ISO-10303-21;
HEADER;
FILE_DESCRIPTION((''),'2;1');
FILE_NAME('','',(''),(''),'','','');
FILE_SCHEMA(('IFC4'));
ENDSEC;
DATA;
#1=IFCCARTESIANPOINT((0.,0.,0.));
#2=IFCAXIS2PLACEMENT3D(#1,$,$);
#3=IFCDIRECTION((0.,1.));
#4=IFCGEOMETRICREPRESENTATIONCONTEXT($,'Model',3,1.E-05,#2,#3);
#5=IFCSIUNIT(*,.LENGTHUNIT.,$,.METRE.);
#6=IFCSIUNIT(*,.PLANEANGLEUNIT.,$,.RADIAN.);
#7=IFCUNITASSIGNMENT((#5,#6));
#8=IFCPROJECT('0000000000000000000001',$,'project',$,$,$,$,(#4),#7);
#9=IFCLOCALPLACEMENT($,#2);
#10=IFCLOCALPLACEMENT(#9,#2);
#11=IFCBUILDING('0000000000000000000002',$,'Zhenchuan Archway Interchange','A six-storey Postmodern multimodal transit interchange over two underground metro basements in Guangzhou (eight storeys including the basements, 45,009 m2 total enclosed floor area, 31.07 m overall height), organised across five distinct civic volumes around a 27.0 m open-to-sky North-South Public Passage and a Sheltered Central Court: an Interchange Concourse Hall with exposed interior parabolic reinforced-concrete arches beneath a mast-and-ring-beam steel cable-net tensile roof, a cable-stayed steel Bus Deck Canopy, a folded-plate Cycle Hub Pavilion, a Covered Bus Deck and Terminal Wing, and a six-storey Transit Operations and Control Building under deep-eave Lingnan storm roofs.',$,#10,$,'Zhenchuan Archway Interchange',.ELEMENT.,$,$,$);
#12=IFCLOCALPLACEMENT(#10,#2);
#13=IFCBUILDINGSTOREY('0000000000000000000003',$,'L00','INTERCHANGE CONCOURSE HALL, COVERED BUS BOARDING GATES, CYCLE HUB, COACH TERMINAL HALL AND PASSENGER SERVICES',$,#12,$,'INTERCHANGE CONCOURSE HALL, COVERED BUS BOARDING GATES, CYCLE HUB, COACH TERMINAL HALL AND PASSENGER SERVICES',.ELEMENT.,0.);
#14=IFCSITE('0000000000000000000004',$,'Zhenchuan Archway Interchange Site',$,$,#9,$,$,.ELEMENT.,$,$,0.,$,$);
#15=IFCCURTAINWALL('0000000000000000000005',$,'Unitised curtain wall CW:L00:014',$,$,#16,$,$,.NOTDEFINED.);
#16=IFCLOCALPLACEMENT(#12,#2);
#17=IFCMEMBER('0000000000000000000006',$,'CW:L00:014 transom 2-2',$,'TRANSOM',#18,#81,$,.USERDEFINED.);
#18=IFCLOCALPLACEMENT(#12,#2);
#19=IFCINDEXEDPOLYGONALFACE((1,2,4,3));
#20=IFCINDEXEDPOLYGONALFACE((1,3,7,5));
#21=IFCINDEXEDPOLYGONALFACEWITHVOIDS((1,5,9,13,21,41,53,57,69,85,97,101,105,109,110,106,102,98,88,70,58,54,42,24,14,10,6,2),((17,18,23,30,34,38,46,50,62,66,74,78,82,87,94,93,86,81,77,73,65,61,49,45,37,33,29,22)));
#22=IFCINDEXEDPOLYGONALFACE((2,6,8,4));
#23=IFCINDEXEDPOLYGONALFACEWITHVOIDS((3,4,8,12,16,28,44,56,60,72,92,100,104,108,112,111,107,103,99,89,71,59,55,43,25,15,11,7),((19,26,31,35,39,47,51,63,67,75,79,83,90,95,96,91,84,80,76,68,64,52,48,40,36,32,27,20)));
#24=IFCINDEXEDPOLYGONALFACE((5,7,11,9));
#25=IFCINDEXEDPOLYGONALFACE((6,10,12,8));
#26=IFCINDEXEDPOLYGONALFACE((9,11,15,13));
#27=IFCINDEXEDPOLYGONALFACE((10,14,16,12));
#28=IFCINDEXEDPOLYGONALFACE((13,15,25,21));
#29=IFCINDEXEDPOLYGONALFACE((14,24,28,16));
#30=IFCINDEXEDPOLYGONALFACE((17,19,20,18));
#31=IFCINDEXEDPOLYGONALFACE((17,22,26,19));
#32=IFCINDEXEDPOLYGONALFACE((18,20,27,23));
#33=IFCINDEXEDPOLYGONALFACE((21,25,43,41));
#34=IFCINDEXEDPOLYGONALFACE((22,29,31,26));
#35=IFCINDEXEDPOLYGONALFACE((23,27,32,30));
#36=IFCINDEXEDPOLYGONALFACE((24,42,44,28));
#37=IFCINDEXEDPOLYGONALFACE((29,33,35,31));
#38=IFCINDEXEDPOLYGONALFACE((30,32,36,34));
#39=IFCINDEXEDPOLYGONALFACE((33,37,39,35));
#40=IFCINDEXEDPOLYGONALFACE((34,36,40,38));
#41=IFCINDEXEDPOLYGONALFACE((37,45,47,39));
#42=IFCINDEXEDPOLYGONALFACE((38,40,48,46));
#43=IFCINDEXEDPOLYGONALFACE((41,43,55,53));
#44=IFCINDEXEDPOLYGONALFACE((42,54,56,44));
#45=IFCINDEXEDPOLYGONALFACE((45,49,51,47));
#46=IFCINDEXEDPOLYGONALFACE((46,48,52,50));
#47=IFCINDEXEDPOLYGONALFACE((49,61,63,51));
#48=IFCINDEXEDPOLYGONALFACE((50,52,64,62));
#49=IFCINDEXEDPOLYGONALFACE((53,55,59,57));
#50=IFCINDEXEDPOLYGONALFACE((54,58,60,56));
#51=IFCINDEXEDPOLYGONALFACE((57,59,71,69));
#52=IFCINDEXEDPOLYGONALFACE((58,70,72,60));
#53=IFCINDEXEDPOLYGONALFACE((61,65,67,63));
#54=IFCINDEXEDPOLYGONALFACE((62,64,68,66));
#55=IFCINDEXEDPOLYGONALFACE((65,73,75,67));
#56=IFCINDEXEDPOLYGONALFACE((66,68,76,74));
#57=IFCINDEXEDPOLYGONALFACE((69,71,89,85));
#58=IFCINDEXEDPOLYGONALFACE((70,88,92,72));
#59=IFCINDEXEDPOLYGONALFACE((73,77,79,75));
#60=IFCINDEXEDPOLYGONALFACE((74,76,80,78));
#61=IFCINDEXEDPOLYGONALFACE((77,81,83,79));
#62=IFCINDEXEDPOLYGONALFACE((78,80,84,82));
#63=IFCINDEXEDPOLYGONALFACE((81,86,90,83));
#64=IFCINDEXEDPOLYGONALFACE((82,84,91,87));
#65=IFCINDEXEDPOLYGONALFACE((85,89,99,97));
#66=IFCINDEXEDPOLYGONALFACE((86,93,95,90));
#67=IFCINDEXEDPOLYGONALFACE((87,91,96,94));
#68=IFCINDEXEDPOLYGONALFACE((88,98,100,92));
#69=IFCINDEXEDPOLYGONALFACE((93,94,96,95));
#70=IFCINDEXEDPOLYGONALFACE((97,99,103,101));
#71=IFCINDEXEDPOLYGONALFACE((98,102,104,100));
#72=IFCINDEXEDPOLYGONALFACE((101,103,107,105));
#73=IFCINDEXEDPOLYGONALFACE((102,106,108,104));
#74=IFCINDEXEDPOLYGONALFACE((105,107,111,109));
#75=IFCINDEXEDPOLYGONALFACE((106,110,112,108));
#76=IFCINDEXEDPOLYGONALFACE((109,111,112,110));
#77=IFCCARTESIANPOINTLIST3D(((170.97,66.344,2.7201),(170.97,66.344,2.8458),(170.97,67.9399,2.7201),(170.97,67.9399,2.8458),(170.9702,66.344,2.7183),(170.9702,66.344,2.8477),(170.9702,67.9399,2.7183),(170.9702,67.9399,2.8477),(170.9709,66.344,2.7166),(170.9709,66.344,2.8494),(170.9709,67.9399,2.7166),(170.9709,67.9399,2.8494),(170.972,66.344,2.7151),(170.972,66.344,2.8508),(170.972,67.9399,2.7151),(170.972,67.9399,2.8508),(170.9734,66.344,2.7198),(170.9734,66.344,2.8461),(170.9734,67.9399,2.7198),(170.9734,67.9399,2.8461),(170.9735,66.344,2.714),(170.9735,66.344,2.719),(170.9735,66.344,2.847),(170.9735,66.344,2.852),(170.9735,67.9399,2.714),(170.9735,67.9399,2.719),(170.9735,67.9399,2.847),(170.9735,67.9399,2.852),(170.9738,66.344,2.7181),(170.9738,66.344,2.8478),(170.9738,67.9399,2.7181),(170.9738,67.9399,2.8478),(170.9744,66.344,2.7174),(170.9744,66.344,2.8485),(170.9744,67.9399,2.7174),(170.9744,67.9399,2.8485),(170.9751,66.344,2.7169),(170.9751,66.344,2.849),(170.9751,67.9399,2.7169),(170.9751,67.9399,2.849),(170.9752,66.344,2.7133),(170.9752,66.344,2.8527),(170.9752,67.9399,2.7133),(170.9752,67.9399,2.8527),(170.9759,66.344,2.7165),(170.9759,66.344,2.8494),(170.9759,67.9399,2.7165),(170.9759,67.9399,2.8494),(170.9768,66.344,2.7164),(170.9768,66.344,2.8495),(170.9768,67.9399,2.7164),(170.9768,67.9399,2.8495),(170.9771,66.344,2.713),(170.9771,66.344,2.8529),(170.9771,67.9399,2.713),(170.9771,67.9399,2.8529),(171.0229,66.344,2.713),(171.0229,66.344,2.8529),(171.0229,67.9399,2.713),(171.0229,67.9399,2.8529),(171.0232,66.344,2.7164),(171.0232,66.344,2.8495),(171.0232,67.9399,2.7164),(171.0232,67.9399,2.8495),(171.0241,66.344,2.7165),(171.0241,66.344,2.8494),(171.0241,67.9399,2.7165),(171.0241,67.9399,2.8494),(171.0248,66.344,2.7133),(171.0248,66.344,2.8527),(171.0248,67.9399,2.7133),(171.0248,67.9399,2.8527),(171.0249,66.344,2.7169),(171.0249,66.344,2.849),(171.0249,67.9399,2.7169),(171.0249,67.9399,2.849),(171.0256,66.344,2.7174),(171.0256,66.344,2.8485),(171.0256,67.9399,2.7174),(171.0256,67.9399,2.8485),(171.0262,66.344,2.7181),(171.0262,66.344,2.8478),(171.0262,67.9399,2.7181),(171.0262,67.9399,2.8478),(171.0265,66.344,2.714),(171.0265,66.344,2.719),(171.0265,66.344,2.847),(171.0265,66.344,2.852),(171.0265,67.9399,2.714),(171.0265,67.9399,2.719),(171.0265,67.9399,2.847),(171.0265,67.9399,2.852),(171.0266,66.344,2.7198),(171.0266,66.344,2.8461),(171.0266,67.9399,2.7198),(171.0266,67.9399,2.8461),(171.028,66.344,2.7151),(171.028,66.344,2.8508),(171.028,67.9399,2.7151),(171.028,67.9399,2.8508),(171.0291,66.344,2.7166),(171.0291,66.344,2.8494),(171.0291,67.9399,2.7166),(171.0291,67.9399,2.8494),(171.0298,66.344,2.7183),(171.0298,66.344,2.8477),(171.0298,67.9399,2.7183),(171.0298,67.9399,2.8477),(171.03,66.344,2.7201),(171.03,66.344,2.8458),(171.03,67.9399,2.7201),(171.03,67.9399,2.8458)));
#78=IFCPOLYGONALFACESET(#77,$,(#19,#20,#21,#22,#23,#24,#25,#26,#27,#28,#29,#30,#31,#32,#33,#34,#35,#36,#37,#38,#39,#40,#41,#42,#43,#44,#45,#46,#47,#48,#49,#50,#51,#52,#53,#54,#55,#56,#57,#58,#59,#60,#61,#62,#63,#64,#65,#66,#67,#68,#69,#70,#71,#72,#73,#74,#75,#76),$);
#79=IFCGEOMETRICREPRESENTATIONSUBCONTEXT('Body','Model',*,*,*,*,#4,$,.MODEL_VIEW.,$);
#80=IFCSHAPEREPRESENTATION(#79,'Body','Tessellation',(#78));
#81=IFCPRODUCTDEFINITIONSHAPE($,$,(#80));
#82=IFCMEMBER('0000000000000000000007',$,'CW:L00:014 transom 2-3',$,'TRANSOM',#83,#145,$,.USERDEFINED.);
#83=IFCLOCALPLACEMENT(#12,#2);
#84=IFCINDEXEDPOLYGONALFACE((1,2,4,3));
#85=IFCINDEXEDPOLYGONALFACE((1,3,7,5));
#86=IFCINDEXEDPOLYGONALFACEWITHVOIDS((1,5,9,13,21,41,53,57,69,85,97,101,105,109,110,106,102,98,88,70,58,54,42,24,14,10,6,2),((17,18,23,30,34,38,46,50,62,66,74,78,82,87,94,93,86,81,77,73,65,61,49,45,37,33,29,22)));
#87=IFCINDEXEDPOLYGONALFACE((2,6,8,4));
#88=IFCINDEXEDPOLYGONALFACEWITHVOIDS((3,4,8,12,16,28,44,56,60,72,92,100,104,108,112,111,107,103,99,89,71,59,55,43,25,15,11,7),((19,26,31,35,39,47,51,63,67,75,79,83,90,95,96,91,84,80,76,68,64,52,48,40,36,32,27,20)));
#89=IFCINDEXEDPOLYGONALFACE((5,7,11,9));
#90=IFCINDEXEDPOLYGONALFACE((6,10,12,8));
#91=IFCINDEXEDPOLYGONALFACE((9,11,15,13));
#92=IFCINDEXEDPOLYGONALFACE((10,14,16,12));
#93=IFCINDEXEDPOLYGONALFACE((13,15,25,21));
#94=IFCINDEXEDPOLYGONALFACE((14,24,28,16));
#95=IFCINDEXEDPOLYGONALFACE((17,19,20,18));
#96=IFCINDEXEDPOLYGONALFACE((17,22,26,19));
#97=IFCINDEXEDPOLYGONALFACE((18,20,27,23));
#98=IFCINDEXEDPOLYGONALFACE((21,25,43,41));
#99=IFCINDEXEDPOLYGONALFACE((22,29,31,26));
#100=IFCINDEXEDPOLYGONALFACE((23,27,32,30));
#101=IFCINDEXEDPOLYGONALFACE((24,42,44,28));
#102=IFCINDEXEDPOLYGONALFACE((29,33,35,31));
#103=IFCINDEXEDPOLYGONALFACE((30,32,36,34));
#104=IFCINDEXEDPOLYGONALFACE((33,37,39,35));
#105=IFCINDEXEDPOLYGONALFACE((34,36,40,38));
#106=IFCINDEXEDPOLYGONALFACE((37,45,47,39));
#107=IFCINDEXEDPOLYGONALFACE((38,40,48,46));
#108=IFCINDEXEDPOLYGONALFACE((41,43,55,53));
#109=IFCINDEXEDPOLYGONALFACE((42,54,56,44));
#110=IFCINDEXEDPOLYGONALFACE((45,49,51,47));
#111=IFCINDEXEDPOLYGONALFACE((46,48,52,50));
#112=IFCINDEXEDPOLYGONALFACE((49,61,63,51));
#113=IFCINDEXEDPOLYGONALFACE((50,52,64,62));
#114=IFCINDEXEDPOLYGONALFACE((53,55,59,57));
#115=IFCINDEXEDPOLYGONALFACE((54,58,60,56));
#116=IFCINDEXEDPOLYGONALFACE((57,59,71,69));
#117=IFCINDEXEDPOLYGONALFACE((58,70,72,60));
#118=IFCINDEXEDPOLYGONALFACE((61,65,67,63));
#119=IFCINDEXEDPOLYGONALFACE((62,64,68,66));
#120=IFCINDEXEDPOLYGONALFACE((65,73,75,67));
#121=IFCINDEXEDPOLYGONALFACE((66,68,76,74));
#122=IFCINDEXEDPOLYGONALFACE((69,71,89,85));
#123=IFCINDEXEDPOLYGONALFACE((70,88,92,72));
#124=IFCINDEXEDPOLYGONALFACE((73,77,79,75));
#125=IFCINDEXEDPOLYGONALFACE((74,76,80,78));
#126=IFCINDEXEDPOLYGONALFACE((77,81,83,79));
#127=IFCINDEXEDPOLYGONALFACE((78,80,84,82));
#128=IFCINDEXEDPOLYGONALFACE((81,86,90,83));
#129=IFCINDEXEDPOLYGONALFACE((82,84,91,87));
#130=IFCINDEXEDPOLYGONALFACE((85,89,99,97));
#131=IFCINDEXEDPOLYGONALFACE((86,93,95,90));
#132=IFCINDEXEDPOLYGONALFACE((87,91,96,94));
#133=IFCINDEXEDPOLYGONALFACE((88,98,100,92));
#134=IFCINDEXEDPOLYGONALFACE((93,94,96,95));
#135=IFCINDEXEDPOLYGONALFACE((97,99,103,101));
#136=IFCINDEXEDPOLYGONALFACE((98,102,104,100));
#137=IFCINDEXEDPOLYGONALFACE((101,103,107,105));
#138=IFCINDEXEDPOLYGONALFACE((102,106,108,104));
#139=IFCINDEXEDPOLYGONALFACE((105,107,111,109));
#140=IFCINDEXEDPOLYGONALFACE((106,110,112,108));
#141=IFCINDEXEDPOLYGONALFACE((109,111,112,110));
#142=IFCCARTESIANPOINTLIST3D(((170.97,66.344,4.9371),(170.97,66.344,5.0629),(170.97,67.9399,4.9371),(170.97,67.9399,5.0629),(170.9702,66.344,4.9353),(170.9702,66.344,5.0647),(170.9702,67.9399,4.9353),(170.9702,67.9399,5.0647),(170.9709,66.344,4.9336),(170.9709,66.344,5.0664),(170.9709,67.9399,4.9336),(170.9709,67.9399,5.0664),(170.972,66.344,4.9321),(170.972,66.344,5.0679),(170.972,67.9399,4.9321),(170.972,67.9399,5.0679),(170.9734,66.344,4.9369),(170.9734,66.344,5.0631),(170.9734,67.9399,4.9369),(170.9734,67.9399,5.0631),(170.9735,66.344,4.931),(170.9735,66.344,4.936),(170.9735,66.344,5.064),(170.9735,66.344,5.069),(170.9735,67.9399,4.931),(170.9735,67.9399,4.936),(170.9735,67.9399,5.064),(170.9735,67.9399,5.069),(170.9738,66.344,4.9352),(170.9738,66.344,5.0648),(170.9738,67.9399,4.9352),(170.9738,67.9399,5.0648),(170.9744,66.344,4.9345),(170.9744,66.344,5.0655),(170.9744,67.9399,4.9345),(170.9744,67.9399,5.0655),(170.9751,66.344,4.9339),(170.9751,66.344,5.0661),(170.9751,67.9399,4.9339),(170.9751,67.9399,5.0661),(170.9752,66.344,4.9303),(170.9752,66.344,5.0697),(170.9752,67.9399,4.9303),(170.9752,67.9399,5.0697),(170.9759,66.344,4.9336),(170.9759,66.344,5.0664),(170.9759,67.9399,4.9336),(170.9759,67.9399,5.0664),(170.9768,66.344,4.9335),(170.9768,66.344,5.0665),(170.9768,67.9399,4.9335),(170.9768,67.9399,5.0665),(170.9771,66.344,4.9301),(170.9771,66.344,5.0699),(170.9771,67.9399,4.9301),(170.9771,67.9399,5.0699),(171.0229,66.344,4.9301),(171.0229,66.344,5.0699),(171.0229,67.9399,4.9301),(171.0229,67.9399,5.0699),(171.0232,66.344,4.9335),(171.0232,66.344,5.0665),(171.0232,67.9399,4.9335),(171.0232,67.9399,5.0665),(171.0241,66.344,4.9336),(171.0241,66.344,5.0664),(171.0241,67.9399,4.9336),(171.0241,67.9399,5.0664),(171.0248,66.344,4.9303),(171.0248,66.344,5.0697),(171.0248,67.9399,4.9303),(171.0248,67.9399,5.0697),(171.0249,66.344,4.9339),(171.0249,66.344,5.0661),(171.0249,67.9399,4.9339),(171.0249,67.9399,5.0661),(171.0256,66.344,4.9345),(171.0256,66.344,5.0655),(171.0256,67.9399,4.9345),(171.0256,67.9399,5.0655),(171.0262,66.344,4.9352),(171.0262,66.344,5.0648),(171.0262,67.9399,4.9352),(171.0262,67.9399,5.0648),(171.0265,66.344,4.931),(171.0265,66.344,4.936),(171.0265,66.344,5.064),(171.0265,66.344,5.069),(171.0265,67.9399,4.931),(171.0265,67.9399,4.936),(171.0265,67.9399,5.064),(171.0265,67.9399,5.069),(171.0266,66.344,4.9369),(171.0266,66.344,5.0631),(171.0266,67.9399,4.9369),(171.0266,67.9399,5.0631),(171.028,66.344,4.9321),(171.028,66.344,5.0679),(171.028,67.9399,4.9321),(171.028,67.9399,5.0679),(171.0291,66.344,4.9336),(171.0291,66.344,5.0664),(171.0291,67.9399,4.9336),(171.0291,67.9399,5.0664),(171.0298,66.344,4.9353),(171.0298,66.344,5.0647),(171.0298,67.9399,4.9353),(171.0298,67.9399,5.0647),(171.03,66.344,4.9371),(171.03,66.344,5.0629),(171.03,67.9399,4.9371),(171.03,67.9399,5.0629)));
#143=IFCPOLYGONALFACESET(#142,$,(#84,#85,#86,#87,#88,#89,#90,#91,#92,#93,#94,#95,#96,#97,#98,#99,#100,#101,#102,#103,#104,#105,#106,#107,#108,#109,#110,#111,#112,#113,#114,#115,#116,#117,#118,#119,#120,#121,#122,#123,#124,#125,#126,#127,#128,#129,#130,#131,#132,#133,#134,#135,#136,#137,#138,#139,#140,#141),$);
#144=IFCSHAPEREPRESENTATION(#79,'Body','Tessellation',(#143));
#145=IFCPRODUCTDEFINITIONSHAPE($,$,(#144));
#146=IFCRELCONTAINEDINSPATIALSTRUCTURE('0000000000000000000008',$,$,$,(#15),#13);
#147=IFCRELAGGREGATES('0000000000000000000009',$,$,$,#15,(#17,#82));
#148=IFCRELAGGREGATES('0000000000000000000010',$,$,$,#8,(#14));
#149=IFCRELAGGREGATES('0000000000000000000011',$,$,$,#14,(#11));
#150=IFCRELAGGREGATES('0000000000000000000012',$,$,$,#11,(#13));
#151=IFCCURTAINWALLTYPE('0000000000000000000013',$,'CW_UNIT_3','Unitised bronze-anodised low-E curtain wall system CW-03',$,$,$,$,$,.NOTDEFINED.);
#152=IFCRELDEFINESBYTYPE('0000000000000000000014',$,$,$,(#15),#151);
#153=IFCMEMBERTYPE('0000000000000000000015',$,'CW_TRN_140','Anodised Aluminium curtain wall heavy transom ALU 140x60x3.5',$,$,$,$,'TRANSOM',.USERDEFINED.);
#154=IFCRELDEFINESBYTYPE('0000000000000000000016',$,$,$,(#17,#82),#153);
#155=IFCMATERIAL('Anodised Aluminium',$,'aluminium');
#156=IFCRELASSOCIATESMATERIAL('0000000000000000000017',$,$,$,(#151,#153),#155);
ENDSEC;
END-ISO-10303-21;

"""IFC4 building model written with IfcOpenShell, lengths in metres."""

from ifc_helpers import new_model, si_unit, direction, frame, origin, origin_2d, place, context, subcontext, project, spatial, hollow_rectangle, extrude, material, material_profile, profile_set, type_object, element, aggregate, save


model = new_model("IFC4")

# Units and contexts
model_context = context("Model", 3, precision=1e-05, world=origin(), true_north=direction((0.0, 1.0)))
body_context = subcontext(model_context, "Body", "Model", "MODEL_VIEW")
ifc_project = project(units=[si_unit("LENGTHUNIT", "METRE"), si_unit("PLANEANGLEUNIT", "RADIAN")], contexts=[model_context])

# Site, building, storey
site_placement = place(None, origin())
site = spatial("IfcSite", under=ifc_project, at=site_placement, Name="Zhenchuan Archway Interchange Site", CompositionType="ELEMENT", RefElevation=0.0)
building_placement = place(site_placement, origin())
building = spatial("IfcBuilding", under=site, at=building_placement, Name="Zhenchuan Archway Interchange", Description="A six-storey Postmodern multimodal transit interchange over two underground metro basements in Guangzhou (eight storeys including the basements, 45,009 m2 total enclosed floor area, 31.07 m overall height), organised across five distinct civic volumes around a 27.0 m open-to-sky North-South Public Passage and a Sheltered Central Court: an Interchange Concourse Hall with exposed interior parabolic reinforced-concrete arches beneath a mast-and-ring-beam steel cable-net tensile roof, a cable-stayed steel Bus Deck Canopy, a folded-plate Cycle Hub Pavilion, a Covered Bus Deck and Terminal Wing, and a six-storey Transit Operations and Control Building under deep-eave Lingnan storm roofs.", LongName="Zhenchuan Archway Interchange", CompositionType="ELEMENT")
storey_placement = place(building_placement, origin())
storey = spatial("IfcBuildingStorey", under=building, at=storey_placement, Name="L00", Description="INTERCHANGE CONCOURSE HALL, COVERED BUS BOARDING GATES, CYCLE HUB, COACH TERMINAL HALL AND PASSENGER SERVICES", LongName="INTERCHANGE CONCOURSE HALL, COVERED BUS BOARDING GATES, CYCLE HUB, COACH TERMINAL HALL AND PASSENGER SERVICES", CompositionType="ELEMENT", Elevation=0.0)

# Curtain wall, members
ifc_material_1 = material(Name="Anodised Aluminium", Category="aluminium")
curtain_wall_type = type_object("IfcCurtainWallType", Name="CW_UNIT_3", Description="Unitised bronze-anodised low-E curtain wall system CW-03", PredefinedType="NOTDEFINED", material=ifc_material_1)
curtain_wall_placement = place(storey_placement, origin())
curtain_wall = element("IfcCurtainWall", 1, at=curtain_wall_placement, inside=storey, type_object=curtain_wall_type, Name="Unitised curtain wall CW:L00:014", PredefinedType="NOTDEFINED")
ifc_material_profile_1 = material_profile(ifc_material_1, hollow_rectangle(XDim=0.0601, YDim=0.1399, WallThickness=0.0034, InnerFilletRadius=0.0034, OuterFilletRadius=0.0071, at=origin_2d()), Name="ALU 140x60x3.5")
ifc_profile_set_1 = profile_set([ifc_material_profile_1], Name="Anodised Aluminium")
member_type_1 = type_object("IfcMemberType", Name="CW_TRN_140", Description="Anodised Aluminium curtain wall heavy transom ALU 140x60x3.5", ElementType="TRANSOM", PredefinedType="USERDEFINED", material=ifc_profile_set_1)
member_1_placement = place(storey_placement, frame((171.0, 67.9399, 2.783), z_axis=(0.0, -1.0, 0.0), x_axis=(1.0, 0.0, 0.0)))
member_1 = element("IfcMember", 2, at=member_1_placement, type_object=member_type_1, Name="CW:L00:014 transom 2-2", ObjectType="TRANSOM", PredefinedType="USERDEFINED", context=body_context, shape_type="SweptSolid", body=[
    extrude(hollow_rectangle(XDim=0.0601, YDim=0.1399, WallThickness=0.0034, InnerFilletRadius=0.0034, OuterFilletRadius=0.0071, at=origin_2d()), origin(), (0.0, 0.0, 1.0), 1.5959),
])
member_2_placement = place(storey_placement, frame((171.0, 67.9399, 5.0), z_axis=(0.0, -1.0, 0.0), x_axis=(1.0, 0.0, 0.0)))
member_2 = element("IfcMember", 3, at=member_2_placement, type_object=member_type_1, Name="CW:L00:014 transom 2-3", ObjectType="TRANSOM", PredefinedType="USERDEFINED", context=body_context, shape_type="SweptSolid", body=[
    extrude(hollow_rectangle(XDim=0.0601, YDim=0.1399, WallThickness=0.0034, InnerFilletRadius=0.0034, OuterFilletRadius=0.0071, at=origin_2d()), origin(), (0.0, 0.0, 1.0), 1.5959),
])
aggregate(curtain_wall, [member_1, member_2])

save(model, "model.ifc")
